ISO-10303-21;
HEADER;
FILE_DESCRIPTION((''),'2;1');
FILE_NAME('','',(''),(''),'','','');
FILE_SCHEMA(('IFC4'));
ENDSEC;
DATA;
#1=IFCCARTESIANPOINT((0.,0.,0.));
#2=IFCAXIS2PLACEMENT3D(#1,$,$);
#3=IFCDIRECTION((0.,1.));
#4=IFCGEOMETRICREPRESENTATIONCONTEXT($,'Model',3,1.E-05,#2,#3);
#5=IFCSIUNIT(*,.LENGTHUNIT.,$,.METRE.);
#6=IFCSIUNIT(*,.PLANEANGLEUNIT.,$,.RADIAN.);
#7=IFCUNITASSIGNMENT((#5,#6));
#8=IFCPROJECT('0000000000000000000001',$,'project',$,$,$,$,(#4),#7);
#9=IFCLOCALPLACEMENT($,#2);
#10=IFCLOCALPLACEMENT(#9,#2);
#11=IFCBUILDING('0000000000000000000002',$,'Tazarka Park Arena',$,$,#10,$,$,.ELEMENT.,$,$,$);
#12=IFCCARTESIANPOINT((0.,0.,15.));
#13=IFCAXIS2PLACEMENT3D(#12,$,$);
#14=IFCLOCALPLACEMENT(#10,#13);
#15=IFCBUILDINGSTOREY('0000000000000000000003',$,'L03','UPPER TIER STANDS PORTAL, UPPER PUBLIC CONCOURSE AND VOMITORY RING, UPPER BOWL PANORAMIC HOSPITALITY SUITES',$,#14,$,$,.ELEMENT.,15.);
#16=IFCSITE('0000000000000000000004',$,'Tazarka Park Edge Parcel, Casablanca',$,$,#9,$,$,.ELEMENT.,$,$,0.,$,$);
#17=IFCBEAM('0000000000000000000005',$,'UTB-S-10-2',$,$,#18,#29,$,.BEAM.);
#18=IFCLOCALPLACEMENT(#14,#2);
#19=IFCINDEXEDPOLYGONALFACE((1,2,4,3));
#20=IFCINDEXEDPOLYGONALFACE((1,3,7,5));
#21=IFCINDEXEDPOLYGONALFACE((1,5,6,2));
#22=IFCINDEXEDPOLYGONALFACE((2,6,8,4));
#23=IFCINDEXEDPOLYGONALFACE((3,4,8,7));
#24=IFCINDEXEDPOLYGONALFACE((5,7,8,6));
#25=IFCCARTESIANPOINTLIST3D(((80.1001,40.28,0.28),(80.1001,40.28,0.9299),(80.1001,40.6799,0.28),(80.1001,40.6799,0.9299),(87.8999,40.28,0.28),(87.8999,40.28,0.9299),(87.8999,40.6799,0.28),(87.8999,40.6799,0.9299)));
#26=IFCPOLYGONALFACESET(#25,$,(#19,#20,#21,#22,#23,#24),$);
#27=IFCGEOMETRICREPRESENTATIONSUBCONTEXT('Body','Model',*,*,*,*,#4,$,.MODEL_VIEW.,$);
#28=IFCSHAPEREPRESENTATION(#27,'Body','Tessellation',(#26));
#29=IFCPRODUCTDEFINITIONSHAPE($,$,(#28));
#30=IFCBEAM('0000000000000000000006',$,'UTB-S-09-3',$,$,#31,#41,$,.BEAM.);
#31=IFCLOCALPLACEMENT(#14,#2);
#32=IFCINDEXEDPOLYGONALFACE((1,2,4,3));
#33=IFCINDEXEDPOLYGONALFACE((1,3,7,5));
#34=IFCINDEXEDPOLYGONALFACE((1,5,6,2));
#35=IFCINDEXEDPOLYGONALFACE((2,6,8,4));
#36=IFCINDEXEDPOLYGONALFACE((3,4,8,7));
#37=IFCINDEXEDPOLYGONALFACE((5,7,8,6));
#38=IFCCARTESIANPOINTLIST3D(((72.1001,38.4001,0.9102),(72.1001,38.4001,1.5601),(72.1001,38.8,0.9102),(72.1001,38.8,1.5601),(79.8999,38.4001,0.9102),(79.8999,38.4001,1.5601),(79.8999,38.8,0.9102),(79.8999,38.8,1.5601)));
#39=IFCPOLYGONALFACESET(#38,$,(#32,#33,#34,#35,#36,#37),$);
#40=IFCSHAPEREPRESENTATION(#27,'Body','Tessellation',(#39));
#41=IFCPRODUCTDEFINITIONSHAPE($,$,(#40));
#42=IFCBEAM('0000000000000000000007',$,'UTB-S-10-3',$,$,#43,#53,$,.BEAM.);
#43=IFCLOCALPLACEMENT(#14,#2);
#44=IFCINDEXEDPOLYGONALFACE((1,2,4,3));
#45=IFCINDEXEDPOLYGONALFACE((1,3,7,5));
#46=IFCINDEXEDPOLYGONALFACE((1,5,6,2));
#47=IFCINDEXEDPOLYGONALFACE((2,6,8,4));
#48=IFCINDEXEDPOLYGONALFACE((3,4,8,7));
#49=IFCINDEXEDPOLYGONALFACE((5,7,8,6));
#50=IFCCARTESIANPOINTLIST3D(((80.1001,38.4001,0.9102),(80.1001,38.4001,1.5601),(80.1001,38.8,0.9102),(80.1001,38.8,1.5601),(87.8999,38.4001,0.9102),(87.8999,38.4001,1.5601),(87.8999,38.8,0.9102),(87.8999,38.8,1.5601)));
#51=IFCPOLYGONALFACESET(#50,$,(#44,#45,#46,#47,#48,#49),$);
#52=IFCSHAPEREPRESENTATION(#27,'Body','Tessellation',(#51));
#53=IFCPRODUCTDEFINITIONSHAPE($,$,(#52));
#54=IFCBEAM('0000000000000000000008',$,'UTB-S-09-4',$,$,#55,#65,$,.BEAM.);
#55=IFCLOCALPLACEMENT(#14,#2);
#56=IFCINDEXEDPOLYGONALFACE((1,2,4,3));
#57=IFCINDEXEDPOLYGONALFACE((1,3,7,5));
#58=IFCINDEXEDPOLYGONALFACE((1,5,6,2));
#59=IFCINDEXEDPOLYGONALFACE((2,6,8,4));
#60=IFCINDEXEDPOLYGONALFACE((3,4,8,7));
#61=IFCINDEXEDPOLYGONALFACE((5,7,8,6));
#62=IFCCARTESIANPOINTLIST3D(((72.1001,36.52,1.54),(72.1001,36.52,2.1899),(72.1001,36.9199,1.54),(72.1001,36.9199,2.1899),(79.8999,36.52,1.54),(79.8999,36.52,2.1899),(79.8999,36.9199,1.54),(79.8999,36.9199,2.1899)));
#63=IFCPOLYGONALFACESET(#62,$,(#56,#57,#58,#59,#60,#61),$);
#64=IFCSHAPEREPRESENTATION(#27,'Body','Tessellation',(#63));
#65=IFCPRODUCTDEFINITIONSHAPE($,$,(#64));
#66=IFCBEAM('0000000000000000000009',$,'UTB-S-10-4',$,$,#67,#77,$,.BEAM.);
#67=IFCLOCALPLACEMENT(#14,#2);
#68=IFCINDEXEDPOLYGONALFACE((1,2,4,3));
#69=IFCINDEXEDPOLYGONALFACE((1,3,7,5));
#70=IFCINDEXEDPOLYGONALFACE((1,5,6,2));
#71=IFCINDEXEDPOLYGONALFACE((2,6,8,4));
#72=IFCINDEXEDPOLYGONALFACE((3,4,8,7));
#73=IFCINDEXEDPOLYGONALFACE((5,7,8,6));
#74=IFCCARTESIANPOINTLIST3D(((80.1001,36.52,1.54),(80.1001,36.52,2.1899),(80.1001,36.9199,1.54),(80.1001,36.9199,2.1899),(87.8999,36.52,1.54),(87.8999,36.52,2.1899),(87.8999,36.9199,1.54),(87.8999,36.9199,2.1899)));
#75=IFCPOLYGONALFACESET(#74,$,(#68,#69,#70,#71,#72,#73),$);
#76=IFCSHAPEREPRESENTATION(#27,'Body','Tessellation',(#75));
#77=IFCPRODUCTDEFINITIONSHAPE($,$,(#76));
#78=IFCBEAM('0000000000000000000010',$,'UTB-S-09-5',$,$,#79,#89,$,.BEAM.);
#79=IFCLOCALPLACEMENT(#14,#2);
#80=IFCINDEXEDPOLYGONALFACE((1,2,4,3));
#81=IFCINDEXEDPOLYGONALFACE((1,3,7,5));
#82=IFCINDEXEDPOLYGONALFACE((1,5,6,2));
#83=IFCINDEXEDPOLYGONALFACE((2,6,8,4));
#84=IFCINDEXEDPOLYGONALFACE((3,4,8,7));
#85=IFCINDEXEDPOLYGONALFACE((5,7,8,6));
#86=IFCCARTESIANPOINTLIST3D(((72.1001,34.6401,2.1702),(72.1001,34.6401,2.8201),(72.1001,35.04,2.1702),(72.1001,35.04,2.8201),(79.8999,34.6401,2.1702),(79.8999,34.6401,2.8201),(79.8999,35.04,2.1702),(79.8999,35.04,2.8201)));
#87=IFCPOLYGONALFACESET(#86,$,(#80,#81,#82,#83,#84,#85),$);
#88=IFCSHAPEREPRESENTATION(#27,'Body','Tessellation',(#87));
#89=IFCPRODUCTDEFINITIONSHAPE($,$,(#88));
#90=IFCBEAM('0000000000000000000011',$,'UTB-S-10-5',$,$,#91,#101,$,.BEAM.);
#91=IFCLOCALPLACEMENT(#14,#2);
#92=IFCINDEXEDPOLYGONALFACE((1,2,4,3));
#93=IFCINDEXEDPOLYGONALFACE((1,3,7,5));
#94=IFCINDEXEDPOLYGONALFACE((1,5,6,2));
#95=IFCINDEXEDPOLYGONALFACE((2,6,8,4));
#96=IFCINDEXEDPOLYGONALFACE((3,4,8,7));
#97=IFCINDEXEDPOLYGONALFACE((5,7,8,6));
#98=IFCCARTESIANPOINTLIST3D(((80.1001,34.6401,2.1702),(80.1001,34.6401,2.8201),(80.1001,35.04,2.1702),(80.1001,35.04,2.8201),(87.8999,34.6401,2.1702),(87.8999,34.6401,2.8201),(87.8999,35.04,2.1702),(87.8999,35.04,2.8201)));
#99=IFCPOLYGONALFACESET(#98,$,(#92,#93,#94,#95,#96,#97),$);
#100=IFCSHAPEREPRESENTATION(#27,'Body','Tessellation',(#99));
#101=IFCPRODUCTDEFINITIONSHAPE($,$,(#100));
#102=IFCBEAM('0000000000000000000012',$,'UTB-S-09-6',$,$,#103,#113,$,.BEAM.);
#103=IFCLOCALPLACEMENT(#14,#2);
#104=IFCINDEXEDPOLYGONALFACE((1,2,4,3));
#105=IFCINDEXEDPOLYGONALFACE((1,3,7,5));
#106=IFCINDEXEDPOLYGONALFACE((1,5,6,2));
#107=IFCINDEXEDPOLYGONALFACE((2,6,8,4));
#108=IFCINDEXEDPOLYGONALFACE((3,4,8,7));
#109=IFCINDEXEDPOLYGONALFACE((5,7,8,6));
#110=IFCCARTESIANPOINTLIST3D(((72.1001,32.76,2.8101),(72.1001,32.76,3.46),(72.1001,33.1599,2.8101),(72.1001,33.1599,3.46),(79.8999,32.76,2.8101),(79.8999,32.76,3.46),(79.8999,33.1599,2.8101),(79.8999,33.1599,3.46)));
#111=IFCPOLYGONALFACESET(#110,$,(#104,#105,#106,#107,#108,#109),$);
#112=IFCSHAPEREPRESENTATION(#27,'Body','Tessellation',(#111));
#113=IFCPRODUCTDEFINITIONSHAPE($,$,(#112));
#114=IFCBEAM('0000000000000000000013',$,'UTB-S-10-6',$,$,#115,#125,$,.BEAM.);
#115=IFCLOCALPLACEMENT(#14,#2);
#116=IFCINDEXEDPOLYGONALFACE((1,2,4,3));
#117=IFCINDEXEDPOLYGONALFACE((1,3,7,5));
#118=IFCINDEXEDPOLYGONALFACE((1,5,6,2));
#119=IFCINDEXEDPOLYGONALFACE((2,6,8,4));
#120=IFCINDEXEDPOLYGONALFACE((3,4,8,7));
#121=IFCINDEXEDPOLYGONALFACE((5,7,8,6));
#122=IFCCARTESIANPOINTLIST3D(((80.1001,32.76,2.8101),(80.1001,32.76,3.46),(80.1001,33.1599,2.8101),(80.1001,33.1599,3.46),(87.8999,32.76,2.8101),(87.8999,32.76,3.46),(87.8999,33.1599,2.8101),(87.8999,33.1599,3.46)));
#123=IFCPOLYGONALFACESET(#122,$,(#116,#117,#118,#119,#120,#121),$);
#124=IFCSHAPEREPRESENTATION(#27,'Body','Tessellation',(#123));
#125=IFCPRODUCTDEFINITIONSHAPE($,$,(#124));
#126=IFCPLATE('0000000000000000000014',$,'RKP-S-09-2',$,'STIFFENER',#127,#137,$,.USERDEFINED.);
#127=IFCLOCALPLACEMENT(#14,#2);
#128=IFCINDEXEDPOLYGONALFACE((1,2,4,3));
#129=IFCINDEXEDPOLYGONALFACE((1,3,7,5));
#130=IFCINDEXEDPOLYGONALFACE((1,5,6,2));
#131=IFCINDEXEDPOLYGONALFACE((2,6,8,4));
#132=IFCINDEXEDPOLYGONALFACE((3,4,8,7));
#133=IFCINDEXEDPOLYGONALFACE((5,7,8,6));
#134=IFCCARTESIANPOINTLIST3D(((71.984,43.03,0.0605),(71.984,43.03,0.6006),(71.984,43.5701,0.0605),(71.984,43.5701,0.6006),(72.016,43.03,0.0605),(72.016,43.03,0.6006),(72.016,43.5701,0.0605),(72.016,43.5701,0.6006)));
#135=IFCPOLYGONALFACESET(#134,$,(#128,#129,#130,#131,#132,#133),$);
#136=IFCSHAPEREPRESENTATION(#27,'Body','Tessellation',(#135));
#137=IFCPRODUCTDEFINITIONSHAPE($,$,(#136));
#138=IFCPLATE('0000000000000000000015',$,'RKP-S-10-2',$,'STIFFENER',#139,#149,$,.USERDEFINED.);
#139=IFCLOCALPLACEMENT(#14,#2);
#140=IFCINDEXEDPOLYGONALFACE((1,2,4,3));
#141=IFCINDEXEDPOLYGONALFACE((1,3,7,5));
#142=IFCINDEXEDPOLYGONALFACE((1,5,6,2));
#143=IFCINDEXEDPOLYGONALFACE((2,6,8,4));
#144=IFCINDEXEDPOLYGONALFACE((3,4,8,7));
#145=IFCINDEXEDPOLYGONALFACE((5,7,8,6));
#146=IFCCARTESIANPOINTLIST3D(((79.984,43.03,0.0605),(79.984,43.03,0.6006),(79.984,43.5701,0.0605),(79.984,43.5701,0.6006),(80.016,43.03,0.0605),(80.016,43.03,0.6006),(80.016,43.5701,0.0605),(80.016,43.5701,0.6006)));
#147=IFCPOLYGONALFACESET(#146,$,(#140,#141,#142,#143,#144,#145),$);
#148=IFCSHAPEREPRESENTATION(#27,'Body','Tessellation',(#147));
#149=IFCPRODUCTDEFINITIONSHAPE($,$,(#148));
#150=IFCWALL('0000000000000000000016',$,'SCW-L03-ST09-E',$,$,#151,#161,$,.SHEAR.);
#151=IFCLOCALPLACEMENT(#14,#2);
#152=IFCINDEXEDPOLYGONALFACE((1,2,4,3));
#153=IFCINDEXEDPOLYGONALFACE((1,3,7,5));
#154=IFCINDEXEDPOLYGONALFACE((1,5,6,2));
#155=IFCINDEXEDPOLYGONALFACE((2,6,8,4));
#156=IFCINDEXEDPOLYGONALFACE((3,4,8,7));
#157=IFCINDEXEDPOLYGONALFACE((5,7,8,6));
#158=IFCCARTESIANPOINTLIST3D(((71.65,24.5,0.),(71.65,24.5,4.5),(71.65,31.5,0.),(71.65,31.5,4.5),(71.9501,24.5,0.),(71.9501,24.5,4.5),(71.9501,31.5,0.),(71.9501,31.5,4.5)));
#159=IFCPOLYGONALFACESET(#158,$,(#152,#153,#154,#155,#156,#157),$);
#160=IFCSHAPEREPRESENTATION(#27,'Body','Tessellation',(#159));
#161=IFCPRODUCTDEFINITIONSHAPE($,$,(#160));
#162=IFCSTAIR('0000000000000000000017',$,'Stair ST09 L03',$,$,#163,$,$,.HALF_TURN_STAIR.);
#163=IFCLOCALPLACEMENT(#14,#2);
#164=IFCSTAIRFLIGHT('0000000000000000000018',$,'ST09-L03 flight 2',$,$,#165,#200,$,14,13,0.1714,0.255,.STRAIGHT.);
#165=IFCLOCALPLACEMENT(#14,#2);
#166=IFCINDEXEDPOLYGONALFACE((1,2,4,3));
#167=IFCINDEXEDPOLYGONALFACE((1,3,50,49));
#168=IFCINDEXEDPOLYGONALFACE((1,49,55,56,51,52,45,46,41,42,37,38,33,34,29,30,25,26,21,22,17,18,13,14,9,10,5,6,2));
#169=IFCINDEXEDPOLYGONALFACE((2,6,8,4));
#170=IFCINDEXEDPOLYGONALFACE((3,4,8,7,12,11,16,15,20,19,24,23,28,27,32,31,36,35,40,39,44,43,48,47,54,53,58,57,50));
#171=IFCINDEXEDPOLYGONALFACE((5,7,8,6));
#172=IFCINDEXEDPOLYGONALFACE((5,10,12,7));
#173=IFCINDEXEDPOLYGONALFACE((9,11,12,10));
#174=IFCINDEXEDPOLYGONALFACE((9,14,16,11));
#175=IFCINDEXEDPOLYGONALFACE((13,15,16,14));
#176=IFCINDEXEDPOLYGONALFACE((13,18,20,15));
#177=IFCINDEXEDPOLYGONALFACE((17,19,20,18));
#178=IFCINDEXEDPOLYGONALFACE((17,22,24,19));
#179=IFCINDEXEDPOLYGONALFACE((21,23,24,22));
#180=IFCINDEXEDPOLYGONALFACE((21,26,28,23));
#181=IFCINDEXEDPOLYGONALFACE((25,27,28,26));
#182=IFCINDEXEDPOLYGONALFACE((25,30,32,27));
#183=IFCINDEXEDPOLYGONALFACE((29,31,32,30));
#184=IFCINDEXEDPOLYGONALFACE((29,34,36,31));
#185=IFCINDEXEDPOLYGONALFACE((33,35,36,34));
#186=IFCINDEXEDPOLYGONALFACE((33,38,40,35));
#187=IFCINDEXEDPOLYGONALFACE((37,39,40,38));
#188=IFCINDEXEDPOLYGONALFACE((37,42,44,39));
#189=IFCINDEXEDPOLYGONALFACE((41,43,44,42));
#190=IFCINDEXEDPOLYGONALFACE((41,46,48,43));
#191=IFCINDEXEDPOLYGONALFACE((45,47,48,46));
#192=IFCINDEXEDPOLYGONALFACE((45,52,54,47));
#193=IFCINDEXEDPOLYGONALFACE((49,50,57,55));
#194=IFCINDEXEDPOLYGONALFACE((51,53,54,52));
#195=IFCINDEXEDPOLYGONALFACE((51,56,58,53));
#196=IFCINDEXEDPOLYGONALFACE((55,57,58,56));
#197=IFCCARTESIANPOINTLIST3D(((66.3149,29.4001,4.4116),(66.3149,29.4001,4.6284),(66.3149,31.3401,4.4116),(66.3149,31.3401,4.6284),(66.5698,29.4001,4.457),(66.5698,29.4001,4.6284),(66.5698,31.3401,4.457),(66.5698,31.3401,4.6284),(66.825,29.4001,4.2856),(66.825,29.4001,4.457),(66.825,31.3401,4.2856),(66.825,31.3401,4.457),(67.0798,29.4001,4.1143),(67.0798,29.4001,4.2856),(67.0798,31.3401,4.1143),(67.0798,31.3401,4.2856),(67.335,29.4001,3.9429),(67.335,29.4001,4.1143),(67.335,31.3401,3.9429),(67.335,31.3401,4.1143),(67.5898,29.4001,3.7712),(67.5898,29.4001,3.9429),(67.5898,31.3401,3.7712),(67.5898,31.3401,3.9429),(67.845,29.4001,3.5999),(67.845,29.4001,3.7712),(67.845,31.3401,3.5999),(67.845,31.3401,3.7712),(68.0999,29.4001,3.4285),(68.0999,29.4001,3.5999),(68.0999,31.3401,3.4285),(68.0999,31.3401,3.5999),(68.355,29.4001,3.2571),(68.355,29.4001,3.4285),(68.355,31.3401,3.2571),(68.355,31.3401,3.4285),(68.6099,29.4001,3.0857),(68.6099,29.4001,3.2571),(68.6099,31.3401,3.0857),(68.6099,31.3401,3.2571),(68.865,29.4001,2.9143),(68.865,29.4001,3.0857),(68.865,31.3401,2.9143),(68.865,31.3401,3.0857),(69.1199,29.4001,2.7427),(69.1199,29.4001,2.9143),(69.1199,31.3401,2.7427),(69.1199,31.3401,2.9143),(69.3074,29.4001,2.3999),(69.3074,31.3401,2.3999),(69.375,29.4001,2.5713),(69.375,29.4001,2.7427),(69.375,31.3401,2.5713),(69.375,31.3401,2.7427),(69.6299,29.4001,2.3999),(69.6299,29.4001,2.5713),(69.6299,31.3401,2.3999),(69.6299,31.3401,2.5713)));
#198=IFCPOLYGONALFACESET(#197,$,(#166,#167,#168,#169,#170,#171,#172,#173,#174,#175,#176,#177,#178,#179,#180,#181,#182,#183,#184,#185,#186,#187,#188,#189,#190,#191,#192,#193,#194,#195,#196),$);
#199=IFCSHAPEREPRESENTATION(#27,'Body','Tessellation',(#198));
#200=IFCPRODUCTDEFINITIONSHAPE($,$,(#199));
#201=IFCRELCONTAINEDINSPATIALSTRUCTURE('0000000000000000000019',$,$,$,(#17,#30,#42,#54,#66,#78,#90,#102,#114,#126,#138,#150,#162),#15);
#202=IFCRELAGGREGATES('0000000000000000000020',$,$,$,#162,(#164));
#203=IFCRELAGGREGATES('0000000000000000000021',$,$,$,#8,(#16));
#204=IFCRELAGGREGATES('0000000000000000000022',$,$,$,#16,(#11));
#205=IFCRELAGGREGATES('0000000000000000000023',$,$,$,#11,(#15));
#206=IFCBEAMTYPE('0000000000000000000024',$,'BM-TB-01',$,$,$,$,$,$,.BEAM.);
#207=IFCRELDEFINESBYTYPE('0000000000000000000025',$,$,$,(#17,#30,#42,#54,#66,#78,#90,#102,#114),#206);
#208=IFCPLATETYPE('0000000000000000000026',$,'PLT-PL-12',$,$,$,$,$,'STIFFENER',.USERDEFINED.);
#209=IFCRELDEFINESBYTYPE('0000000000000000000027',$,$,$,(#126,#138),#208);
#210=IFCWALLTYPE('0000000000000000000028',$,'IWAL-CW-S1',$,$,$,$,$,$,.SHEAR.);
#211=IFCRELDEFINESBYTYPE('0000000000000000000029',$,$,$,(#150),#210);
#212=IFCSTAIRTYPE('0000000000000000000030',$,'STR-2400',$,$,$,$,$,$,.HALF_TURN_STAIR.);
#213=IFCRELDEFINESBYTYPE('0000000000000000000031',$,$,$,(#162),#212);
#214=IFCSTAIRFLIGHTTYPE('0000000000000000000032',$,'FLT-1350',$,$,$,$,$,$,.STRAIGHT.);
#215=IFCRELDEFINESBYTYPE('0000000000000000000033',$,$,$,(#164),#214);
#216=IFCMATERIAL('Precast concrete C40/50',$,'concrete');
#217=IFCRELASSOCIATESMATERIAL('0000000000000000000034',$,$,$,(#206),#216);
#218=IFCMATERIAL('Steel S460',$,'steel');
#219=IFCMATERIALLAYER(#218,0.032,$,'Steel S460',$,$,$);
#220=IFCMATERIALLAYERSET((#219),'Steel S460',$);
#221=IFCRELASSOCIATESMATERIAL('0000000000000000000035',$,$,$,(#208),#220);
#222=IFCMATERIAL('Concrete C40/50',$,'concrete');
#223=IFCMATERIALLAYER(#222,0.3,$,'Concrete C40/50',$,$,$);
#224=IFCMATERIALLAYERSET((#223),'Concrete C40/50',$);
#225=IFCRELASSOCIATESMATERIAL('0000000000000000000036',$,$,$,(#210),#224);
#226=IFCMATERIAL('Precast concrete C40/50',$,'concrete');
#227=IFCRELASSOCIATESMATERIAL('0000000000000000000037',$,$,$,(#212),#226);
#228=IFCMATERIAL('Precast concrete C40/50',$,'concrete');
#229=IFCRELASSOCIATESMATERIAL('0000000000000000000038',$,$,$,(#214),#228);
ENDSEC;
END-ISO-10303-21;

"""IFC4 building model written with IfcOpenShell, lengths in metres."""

from ifc_helpers import new_model, si_unit, direction, frame, frame_2d, origin, origin_2d, place, context, subcontext, project, spatial, polyline, rectangle, outline, extrude, material, layer, layer_set, material_profile, profile_set, type_object, element, aggregate, save


model = new_model("IFC4")

# Units and contexts
model_context = context("Model", 3, precision=1e-05, world=origin(), true_north=direction((0.0, 1.0)))
body_context = subcontext(model_context, "Body", "Model", "MODEL_VIEW")
ifc_project = project(units=[si_unit("LENGTHUNIT", "METRE"), si_unit("PLANEANGLEUNIT", "RADIAN")], contexts=[model_context])

# Site, building, storey
site_placement = place(None, origin())
site = spatial("IfcSite", under=ifc_project, at=site_placement, Name="Tazarka Park Edge Parcel, Casablanca", CompositionType="ELEMENT", RefElevation=0.0)
building_placement = place(site_placement, origin())
building = spatial("IfcBuilding", under=site, at=building_placement, Name="Tazarka Park Arena", CompositionType="ELEMENT")
storey_placement = place(building_placement, frame((0.0, 0.0, 15.0)))
storey = spatial("IfcBuildingStorey", under=building, at=storey_placement, Name="L03", Description="UPPER TIER STANDS PORTAL, UPPER PUBLIC CONCOURSE AND VOMITORY RING, UPPER BOWL PANORAMIC HOSPITALITY SUITES", CompositionType="ELEMENT", Elevation=15.0)

# Beams
ifc_material_1 = material(Name="Precast concrete C40/50", Category="concrete")
ifc_material_profile_1 = material_profile(ifc_material_1, rectangle(XDim=0.3999, YDim=0.6499, at=origin_2d()), Name="Precast concrete C40/50")
ifc_profile_set_1 = profile_set([ifc_material_profile_1], Name="Precast concrete C40/50")
beam_type_1 = type_object("IfcBeamType", Name="BM-TB-01", PredefinedType="BEAM", material=ifc_profile_set_1)
for number, where, z_axis, x_axis, name in (
    (1, (80.1001, 40.48, 0.605), (1.0, 0.0, 0.0), (0.0, 1.0, 0.0), "UTB-S-10-2"),
    (2, (72.1001, 38.6001, 1.2351), (1.0, 0.0, 0.0), (0.0, 1.0, 0.0), "UTB-S-09-3"),
    (3, (80.1001, 38.6001, 1.2351), (1.0, 0.0, 0.0), (0.0, 1.0, 0.0), "UTB-S-10-3"),
    (4, (72.1001, 36.72, 1.865), (1.0, 0.0, 0.0), (0.0, 1.0, 0.0), "UTB-S-09-4"),
    (5, (80.1001, 36.72, 1.865), (1.0, 0.0, 0.0), (0.0, 1.0, 0.0), "UTB-S-10-4"),
    (6, (72.1001, 34.8401, 2.4951), (1.0, 0.0, 0.0), (0.0, 1.0, 0.0), "UTB-S-09-5"),
    (7, (80.1001, 34.8401, 2.4951), (1.0, 0.0, 0.0), (0.0, 1.0, 0.0), "UTB-S-10-5"),
    (8, (72.1001, 32.96, 3.135), (1.0, 0.0, 0.0), (0.0, 1.0, 0.0), "UTB-S-09-6"),
    (9, (80.1001, 32.96, 3.135), (1.0, 0.0, 0.0), (0.0, 1.0, 0.0), "UTB-S-10-6"),
):
    element("IfcBeam", number, at=place(storey_placement, frame(where, z_axis=z_axis, x_axis=x_axis)), inside=storey, type_object=beam_type_1, Name=name, PredefinedType="BEAM", context=body_context, shape_type="SweptSolid", body=[
        extrude(rectangle(XDim=0.3999, YDim=0.6499, at=origin_2d()), origin(), (0.0, 0.0, 1.0), 7.7998),
    ])

# Plates
ifc_material_2 = material(Name="Steel S460", Category="steel")
ifc_layer_1 = layer(ifc_material_2, 0.032, Name="Steel S460")
ifc_layer_set_1 = layer_set([ifc_layer_1], Name="Steel S460")
plate_type = type_object("IfcPlateType", Name="PLT-PL-12", ElementType="STIFFENER", PredefinedType="USERDEFINED", material=ifc_layer_set_1)
for number, where, z_axis, x_axis, name in (
    (10, (72.0, 43.3, 0.0605), (0.0, 0.0, 1.0), (1.0, 0.0, 0.0), "RKP-S-09-2"),
    (11, (80.0, 43.3, 0.0605), (0.0, 0.0, 1.0), (1.0, 0.0, 0.0), "RKP-S-10-2"),
):
    element("IfcPlate", number, at=place(storey_placement, frame(where, z_axis=z_axis, x_axis=x_axis)), inside=storey, type_object=plate_type, Name=name, ObjectType="STIFFENER", PredefinedType="USERDEFINED", context=body_context, shape_type="SweptSolid", body=[
        extrude(rectangle(XDim=0.032, YDim=0.54, at=origin_2d()), origin(), (0.0, 0.0, 1.0), 0.54),
    ])

# Wall
ifc_material_3 = material(Name="Concrete C40/50", Category="concrete")
ifc_layer_2 = layer(ifc_material_3, 0.3, Name="Concrete C40/50")
ifc_layer_set_2 = layer_set([ifc_layer_2], Name="Concrete C40/50")
wall_type = type_object("IfcWallType", Name="IWAL-CW-S1", PredefinedType="SHEAR", material=ifc_layer_set_2)
wall_placement = place(storey_placement, frame((71.8, 31.5, 0.0), z_axis=(0.0, 0.0, 1.0), x_axis=(0.0, -1.0, 0.0)))
element("IfcWall", 12, at=wall_placement, inside=storey, type_object=wall_type, Name="SCW-L03-ST09-E", PredefinedType="SHEAR", context=body_context, shape_type="SweptSolid", body=[
    extrude(rectangle(XDim=7.0, YDim=0.3, at=frame_2d((3.5, 0.0))), origin(), (0.0, 0.0, 1.0), 4.5),
])

# Stair, stair flight
ifc_material_4 = material(Name="Precast concrete C40/50", Category="concrete")
stair_type = type_object("IfcStairType", Name="STR-2400", PredefinedType="HALF_TURN_STAIR", material=ifc_material_4)
stair_placement = place(storey_placement, origin())
stair = element("IfcStair", 13, at=stair_placement, inside=storey, type_object=stair_type, Name="Stair ST09 L03", PredefinedType="HALF_TURN_STAIR")
ifc_material_5 = material(Name="Precast concrete C40/50", Category="concrete")
stair_flight_type = type_object("IfcStairFlightType", Name="FLT-1350", PredefinedType="STRAIGHT", material=ifc_material_5)
stair_flight_placement = place(storey_placement, frame((69.6299, 30.3701, 2.3999), z_axis=(0.0, 0.0, 1.0), x_axis=(-1.0, 0.0, 0.0)))
stair_flight = element("IfcStairFlight", 14, at=stair_flight_placement, type_object=stair_flight_type, Name="ST09-L03 flight 2", NumberOfRisers=14, NumberOfTreads=13, PredefinedType="STRAIGHT", RiserHeight=0.1714, TreadLength=0.255, context=body_context, shape_type="SweptSolid", body=[
    extrude(outline(polyline([(0.0, 0.0), (0.0, 0.1714), (0.2549, 0.1714), (0.2549, 0.3428), (0.51, 0.3428), (0.51, 0.5144), (0.7649, 0.5144), (0.7649, 0.6858), (1.02, 0.6858), (1.02, 0.8572), (1.2749, 0.8572), (1.2749, 1.0286), (1.53, 1.0286), (1.53, 1.2), (1.7849, 1.2), (1.7849, 1.3713), (2.04, 1.3713), (2.04, 1.543), (2.2949, 1.543), (2.2949, 1.7144), (2.55, 1.7144), (2.55, 1.8857), (2.8049, 1.8857), (2.8049, 2.0571), (3.0601, 2.0571), (3.0601, 2.2285), (3.3149, 2.2285), (3.3149, 2.3999), (3.3149, 2.0117), (0.3225, 0.0), (0.0, 0.0)])), frame((0.0, 0.97, 0.0), z_axis=(0.0, -1.0, 0.0), x_axis=(1.0, 0.0, 0.0)), (0.0, 0.0, 1.0), 1.9399),
])
aggregate(stair, [stair_flight])

save(model, "model.ifc")
